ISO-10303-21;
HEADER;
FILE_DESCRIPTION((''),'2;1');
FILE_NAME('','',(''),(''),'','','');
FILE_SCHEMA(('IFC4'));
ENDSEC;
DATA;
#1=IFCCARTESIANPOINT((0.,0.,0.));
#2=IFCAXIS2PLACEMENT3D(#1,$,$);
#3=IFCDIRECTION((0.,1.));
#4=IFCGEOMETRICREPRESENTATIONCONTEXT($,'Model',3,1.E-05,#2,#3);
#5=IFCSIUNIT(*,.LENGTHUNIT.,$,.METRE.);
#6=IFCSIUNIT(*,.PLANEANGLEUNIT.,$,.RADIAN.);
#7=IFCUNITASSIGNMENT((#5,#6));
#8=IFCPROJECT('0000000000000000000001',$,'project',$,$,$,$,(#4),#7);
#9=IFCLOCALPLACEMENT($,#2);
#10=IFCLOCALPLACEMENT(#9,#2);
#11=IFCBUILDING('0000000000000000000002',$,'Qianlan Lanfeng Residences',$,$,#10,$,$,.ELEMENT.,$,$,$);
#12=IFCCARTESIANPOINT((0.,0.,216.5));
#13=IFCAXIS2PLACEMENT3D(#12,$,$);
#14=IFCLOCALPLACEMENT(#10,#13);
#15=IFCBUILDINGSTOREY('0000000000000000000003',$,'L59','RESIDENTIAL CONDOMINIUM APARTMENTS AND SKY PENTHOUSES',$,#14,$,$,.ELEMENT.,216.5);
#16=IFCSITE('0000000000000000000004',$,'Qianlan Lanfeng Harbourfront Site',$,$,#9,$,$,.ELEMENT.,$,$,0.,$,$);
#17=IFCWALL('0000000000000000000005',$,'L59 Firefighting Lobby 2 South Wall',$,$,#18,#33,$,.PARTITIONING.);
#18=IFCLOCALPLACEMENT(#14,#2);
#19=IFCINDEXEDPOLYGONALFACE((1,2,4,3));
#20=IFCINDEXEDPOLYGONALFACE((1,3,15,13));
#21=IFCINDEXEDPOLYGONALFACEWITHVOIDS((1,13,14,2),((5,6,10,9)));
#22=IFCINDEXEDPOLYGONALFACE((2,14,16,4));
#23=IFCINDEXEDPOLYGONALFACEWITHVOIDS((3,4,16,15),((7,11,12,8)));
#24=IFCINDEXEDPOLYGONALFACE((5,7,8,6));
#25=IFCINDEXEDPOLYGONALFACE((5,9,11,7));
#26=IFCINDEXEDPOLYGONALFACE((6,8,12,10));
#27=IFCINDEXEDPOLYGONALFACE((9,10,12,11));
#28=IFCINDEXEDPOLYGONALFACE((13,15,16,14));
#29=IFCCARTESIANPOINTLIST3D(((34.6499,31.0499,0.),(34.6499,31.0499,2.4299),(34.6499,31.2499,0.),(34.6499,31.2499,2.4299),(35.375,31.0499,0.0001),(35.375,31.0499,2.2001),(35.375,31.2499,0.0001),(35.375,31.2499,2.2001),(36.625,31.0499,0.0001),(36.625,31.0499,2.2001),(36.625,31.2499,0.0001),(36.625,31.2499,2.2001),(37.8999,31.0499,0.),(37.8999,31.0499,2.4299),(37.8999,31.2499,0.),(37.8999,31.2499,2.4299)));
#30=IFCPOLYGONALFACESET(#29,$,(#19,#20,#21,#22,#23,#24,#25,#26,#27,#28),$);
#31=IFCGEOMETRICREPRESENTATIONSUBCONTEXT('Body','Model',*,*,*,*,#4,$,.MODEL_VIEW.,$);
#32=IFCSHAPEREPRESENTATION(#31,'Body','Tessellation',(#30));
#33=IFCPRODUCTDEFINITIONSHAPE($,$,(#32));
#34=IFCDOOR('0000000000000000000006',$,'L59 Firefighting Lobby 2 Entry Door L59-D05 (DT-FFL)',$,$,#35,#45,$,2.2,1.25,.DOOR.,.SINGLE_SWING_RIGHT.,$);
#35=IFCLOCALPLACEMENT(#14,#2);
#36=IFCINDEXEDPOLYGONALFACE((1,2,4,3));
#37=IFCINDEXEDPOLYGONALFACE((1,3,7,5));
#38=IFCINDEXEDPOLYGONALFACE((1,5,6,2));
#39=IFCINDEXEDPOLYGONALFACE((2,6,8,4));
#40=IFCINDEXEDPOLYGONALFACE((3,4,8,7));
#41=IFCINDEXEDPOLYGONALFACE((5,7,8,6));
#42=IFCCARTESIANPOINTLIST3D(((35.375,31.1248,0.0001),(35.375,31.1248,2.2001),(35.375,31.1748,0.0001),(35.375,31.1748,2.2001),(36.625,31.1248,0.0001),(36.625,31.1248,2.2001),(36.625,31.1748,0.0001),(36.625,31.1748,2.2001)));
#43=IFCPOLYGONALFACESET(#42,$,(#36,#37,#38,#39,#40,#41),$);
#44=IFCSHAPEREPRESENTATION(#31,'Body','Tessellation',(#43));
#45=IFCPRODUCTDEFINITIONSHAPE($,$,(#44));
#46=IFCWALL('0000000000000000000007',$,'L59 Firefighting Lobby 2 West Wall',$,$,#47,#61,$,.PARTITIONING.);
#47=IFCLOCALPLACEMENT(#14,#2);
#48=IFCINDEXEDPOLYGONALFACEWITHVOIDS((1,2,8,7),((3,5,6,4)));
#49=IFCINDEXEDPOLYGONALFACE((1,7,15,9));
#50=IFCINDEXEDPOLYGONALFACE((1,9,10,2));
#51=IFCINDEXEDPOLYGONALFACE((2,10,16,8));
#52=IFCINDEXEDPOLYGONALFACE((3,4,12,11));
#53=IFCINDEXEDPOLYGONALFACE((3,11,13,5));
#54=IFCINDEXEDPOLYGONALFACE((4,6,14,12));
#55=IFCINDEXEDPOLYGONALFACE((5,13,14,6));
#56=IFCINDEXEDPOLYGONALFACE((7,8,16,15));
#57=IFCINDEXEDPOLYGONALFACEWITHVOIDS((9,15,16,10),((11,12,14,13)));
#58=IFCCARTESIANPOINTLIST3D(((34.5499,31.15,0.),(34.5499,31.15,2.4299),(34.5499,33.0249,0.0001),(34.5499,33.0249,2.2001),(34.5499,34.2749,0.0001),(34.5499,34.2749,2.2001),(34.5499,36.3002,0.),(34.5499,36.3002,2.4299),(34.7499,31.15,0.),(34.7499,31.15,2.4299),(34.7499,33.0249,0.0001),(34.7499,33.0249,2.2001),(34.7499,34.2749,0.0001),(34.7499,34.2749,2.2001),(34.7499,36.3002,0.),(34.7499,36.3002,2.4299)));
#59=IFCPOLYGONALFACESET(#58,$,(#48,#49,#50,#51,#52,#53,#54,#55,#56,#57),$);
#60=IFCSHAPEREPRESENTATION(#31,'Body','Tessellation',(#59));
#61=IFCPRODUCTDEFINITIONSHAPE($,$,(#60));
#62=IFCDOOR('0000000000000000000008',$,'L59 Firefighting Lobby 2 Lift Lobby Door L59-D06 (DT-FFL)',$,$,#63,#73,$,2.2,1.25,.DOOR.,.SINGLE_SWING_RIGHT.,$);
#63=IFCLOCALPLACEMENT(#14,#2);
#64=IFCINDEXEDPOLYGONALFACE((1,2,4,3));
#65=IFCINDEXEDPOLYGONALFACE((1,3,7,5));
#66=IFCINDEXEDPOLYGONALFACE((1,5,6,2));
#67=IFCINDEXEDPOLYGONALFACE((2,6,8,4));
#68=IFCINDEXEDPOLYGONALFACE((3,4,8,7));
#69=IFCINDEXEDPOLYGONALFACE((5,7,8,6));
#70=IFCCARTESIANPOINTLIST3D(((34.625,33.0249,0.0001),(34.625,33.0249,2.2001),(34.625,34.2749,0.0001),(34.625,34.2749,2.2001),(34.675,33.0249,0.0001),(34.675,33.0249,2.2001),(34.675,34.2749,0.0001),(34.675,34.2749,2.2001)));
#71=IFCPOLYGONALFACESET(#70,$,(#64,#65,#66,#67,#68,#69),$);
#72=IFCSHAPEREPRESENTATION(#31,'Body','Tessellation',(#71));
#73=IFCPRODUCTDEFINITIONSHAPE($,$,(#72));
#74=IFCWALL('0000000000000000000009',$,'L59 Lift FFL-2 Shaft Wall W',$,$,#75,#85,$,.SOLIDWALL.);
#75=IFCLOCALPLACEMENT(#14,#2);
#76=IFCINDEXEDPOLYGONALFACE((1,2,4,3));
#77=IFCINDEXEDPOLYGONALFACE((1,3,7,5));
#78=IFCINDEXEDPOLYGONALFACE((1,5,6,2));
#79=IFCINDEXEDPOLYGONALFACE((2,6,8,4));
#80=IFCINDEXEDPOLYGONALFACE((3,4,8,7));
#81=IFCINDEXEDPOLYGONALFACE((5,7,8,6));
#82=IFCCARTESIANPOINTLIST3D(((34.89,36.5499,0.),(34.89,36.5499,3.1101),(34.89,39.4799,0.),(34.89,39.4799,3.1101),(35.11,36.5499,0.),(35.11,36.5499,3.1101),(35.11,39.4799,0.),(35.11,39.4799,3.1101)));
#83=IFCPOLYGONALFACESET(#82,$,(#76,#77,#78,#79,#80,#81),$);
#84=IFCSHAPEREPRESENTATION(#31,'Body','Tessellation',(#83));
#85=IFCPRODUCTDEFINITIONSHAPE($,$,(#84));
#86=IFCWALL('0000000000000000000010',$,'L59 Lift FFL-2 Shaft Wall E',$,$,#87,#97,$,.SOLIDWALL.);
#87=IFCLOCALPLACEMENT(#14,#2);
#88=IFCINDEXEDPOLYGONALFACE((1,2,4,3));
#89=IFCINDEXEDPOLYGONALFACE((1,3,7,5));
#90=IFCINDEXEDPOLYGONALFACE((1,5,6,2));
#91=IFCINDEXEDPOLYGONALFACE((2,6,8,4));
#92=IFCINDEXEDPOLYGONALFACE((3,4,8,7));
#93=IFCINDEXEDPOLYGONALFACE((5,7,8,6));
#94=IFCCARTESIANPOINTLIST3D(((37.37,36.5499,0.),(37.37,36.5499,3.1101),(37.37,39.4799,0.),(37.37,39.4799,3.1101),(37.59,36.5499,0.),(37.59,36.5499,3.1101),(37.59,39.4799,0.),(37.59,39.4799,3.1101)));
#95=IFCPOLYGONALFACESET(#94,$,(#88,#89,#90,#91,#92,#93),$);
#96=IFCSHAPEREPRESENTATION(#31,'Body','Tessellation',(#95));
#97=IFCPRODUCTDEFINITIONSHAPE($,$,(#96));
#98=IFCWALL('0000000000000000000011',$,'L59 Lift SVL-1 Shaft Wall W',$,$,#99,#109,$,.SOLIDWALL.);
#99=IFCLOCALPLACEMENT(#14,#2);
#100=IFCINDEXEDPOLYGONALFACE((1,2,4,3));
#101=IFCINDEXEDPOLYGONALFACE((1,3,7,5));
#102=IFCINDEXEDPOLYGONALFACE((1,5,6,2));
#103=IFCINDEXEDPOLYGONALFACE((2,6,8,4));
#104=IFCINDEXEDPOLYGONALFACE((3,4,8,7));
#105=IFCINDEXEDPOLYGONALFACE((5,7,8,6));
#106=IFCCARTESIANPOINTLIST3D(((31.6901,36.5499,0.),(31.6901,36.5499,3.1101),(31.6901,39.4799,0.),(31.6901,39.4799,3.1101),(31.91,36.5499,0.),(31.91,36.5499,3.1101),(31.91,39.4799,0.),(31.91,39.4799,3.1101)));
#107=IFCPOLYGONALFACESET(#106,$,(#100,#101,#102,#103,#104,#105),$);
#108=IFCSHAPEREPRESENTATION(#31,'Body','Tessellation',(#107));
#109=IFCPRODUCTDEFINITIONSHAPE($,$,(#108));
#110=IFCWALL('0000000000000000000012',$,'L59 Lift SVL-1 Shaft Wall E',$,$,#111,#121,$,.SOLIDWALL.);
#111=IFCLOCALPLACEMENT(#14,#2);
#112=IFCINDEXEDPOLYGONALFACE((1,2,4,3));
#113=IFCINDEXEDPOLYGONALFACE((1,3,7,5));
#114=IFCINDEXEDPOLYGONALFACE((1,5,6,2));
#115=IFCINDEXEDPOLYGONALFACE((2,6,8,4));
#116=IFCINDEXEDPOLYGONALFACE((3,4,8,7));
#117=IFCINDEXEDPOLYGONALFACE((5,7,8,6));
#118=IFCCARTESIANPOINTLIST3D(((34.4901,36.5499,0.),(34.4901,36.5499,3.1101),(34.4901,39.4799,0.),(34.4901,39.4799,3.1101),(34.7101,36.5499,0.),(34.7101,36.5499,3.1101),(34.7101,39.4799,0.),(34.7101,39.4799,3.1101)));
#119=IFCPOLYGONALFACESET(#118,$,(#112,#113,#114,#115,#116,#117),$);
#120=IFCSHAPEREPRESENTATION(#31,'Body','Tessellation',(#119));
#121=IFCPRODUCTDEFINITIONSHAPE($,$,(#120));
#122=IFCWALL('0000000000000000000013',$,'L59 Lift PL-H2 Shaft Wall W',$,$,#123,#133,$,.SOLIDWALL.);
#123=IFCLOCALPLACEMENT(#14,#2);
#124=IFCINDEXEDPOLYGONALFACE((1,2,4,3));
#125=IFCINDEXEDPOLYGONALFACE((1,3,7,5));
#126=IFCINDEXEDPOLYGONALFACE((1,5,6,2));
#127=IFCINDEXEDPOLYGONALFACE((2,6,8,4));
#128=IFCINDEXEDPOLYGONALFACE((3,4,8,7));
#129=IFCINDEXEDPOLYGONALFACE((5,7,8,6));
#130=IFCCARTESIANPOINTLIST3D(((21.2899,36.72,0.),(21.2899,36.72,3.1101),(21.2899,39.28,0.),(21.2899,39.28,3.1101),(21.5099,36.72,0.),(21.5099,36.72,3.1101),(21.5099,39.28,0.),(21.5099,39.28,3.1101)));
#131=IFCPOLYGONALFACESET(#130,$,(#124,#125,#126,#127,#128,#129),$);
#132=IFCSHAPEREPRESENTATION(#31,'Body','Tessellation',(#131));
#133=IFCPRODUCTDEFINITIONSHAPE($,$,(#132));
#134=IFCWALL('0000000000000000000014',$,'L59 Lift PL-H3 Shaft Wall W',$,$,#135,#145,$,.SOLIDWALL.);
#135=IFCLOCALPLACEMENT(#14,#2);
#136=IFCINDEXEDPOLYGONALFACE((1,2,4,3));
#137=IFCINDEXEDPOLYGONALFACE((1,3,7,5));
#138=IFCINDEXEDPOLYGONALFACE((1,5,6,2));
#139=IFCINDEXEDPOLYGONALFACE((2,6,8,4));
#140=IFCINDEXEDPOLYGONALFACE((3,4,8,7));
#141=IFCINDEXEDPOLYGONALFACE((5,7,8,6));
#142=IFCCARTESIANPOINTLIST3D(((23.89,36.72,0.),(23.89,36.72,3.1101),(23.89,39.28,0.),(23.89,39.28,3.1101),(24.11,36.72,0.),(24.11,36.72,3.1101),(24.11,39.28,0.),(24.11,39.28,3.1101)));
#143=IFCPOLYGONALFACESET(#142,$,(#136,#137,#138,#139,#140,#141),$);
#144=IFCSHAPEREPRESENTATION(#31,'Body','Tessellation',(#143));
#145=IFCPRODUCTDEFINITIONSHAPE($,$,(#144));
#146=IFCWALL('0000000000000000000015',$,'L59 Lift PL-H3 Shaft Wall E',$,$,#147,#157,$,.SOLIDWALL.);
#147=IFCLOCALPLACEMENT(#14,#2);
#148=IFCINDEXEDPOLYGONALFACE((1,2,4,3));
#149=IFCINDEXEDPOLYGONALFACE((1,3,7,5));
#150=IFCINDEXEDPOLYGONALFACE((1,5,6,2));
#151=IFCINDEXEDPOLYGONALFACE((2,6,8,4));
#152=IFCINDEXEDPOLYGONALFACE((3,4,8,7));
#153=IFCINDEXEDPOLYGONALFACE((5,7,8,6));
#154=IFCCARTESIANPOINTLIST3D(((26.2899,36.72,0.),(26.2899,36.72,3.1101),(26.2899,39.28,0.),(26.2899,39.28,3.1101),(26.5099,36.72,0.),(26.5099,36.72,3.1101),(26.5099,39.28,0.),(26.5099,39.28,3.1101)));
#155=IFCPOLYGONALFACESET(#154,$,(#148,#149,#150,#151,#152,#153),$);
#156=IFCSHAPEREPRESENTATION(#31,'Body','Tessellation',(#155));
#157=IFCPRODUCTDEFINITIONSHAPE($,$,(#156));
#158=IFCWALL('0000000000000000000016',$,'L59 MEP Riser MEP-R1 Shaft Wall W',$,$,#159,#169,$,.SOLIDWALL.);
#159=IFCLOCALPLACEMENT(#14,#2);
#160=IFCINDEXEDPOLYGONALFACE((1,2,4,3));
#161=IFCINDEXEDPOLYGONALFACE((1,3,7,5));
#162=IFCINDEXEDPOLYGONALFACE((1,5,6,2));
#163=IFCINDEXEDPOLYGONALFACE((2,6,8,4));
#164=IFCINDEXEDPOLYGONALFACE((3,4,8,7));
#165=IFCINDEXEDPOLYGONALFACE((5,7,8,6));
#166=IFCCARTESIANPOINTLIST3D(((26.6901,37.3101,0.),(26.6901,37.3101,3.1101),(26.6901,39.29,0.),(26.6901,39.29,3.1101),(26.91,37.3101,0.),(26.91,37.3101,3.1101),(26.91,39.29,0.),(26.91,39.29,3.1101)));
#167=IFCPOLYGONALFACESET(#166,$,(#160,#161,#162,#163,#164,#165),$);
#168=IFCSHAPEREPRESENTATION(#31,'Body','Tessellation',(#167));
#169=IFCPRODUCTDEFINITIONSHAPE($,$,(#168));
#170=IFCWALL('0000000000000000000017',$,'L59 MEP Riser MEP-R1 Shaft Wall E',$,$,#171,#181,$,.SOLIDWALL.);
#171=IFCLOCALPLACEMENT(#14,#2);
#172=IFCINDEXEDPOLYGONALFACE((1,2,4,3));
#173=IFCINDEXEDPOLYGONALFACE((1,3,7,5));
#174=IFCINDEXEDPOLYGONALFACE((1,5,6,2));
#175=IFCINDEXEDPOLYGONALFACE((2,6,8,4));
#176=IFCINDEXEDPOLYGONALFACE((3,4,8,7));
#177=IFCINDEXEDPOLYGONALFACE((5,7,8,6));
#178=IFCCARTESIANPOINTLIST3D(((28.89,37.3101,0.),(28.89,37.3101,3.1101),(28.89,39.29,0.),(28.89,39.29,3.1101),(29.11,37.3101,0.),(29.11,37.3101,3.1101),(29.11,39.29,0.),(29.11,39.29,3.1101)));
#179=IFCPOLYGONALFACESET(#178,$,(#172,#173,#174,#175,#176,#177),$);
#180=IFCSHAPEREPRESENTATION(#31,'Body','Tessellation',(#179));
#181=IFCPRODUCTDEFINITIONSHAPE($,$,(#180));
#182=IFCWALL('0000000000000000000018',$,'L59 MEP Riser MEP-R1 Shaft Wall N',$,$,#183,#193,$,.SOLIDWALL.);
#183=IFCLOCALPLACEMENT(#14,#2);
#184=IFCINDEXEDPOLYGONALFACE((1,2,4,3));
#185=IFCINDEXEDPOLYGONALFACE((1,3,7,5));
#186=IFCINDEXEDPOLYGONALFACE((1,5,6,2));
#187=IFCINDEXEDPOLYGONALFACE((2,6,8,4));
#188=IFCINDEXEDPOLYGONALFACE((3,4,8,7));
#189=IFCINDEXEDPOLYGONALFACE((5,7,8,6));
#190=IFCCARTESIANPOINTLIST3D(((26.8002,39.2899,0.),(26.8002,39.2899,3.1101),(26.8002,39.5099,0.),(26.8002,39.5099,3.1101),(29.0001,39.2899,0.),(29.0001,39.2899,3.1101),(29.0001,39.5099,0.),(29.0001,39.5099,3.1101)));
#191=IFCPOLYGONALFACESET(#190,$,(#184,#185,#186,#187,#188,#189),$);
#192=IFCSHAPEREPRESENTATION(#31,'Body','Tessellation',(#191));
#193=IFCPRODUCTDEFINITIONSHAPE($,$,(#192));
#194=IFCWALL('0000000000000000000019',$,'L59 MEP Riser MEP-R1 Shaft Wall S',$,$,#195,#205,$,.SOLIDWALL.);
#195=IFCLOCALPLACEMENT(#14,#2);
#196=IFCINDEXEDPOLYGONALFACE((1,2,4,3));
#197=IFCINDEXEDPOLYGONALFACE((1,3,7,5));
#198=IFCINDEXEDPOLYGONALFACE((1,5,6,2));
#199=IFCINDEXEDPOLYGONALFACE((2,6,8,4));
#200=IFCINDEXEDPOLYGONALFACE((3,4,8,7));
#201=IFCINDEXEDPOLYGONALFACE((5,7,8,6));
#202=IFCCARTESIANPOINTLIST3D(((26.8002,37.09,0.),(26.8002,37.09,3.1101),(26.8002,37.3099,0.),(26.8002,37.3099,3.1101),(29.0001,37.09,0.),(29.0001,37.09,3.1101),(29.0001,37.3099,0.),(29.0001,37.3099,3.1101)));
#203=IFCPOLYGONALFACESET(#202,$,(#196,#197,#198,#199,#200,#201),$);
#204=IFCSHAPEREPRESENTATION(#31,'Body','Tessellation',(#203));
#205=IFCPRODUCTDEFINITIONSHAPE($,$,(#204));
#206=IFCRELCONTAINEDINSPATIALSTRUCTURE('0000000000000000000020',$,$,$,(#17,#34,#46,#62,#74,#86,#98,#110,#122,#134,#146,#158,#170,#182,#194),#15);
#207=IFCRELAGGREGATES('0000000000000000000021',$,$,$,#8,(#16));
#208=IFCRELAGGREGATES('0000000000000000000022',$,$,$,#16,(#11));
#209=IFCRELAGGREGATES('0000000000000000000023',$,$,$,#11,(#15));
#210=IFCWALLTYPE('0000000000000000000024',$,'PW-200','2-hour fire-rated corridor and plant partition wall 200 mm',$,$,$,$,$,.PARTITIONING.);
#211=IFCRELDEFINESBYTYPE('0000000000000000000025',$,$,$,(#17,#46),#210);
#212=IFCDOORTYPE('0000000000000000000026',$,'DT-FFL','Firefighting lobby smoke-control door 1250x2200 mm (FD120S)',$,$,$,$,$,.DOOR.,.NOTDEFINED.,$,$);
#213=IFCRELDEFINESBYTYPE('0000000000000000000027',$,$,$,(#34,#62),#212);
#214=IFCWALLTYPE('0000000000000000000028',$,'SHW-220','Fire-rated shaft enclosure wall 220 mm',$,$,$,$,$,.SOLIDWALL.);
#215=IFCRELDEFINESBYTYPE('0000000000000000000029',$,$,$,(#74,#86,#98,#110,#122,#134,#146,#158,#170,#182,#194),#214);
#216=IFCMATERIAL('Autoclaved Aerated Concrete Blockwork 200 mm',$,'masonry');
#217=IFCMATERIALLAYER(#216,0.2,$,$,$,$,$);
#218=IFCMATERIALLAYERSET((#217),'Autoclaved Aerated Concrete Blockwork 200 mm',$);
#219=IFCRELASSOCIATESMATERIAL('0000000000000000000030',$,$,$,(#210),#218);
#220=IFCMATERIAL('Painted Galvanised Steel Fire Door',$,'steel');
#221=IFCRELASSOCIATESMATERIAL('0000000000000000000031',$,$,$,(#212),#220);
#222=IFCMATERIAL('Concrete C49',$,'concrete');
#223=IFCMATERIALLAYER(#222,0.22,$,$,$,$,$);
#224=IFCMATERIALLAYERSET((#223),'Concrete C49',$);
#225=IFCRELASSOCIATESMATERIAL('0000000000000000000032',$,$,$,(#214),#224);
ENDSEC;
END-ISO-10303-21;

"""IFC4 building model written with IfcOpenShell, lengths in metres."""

from ifc_helpers import new_model, si_unit, direction, frame, frame_2d, origin, place, context, subcontext, project, spatial, rectangle, extrude, material, layer, layer_set, type_object, element, fill, save


model = new_model("IFC4")

# Units and contexts
model_context = context("Model", 3, precision=1e-05, world=origin(), true_north=direction((0.0, 1.0)))
body_context = subcontext(model_context, "Body", "Model", "MODEL_VIEW")
ifc_project = project(units=[si_unit("LENGTHUNIT", "METRE"), si_unit("PLANEANGLEUNIT", "RADIAN")], contexts=[model_context])

# Site, building, storey
site_placement = place(None, origin())
site = spatial("IfcSite", under=ifc_project, at=site_placement, Name="Qianlan Lanfeng Harbourfront Site", CompositionType="ELEMENT", RefElevation=0.0)
building_placement = place(site_placement, origin())
building = spatial("IfcBuilding", under=site, at=building_placement, Name="Qianlan Lanfeng Residences", CompositionType="ELEMENT")
storey_placement = place(building_placement, frame((0.0, 0.0, 216.5)))
storey = spatial("IfcBuildingStorey", under=building, at=storey_placement, Name="L59", Description="RESIDENTIAL CONDOMINIUM APARTMENTS AND SKY PENTHOUSES", CompositionType="ELEMENT", Elevation=216.5)

# Walls, openings, doors
ifc_material_1 = material(Name="Autoclaved Aerated Concrete Blockwork 200 mm", Category="masonry")
ifc_layer_1 = layer(ifc_material_1, 0.2)
ifc_layer_set_1 = layer_set([ifc_layer_1], Name="Autoclaved Aerated Concrete Blockwork 200 mm")
wall_type_1 = type_object("IfcWallType", Name="PW-200", Description="2-hour fire-rated corridor and plant partition wall 200 mm", PredefinedType="PARTITIONING", material=ifc_layer_set_1)
wall_1_placement = place(storey_placement, frame((34.6499, 31.1499, 0.0), z_axis=(0.0, 0.0, 1.0), x_axis=(1.0, 0.0, 0.0)))
wall_1 = element("IfcWall", 1, at=wall_1_placement, inside=storey, type_object=wall_type_1, Name="L59 Firefighting Lobby 2 South Wall", PredefinedType="PARTITIONING", context=body_context, shape_type="SweptSolid", body=[
    extrude(rectangle(XDim=3.25, YDim=0.2, at=frame_2d((1.625, 0.0))), origin(), (0.0, 0.0, 1.0), 2.4299),
])
opening_1_placement = place(wall_1_placement, frame((0.7251, 0.0, 0.0)))
opening_1 = element("IfcOpeningElement", 2, at=opening_1_placement, cuts=wall_1, PredefinedType="OPENING", context=body_context, shape_type="SweptSolid", body=[
    extrude(rectangle(XDim=1.25, YDim=2.2, at=frame_2d((0.625, 1.1001))), frame((0.0, 0.1099, 0.0), z_axis=(0.0, -1.0, 0.0), x_axis=(1.0, 0.0, 0.0)), (0.0, 0.0, 1.0), 0.22),
])
ifc_material_2 = material(Name="Painted Galvanised Steel Fire Door", Category="steel")
door_type = type_object("IfcDoorType", Name="DT-FFL", Description="Firefighting lobby smoke-control door 1250x2200 mm (FD120S)", OperationType="NOTDEFINED", PredefinedType="DOOR", material=ifc_material_2)
door_1_placement = place(opening_1_placement, origin())
door_1 = element("IfcDoor", 3, at=door_1_placement, inside=storey, type_object=door_type, Name="L59 Firefighting Lobby 2 Entry Door L59-D05 (DT-FFL)", OperationType="SINGLE_SWING_RIGHT", OverallHeight=2.2, OverallWidth=1.25, PredefinedType="DOOR", context=body_context, shape_type="SweptSolid", body=[
    extrude(rectangle(XDim=1.25, YDim=2.2, at=frame_2d((0.625, 1.1001))), frame((0.0, 0.0249, 0.0), z_axis=(0.0, -1.0, 0.0), x_axis=(1.0, 0.0, 0.0)), (0.0, 0.0, 1.0), 0.05),
])
fill(opening_1, door_1)
wall_2_placement = place(storey_placement, frame((34.6499, 31.1499, 0.0), z_axis=(0.0, 0.0, 1.0), x_axis=(0.0, 1.0, 0.0)))
wall_2 = element("IfcWall", 4, at=wall_2_placement, inside=storey, type_object=wall_type_1, Name="L59 Firefighting Lobby 2 West Wall", PredefinedType="PARTITIONING", context=body_context, shape_type="SweptSolid", body=[
    extrude(rectangle(XDim=5.1501, YDim=0.2, at=frame_2d((2.5752, 0.0))), origin(), (0.0, 0.0, 1.0), 2.4299),
])
opening_2_placement = place(wall_2_placement, frame((1.875, 0.0, 0.0)))
opening_2 = element("IfcOpeningElement", 5, at=opening_2_placement, cuts=wall_2, PredefinedType="OPENING", context=body_context, shape_type="SweptSolid", body=[
    extrude(rectangle(XDim=1.25, YDim=2.2, at=frame_2d((0.625, 1.1001))), frame((0.0, 0.1099, 0.0), z_axis=(0.0, -1.0, 0.0), x_axis=(1.0, 0.0, 0.0)), (0.0, 0.0, 1.0), 0.22),
])
door_2_placement = place(opening_2_placement, origin())
door_2 = element("IfcDoor", 6, at=door_2_placement, inside=storey, type_object=door_type, Name="L59 Firefighting Lobby 2 Lift Lobby Door L59-D06 (DT-FFL)", OperationType="SINGLE_SWING_RIGHT", OverallHeight=2.2, OverallWidth=1.25, PredefinedType="DOOR", context=body_context, shape_type="SweptSolid", body=[
    extrude(rectangle(XDim=1.25, YDim=2.2, at=frame_2d((0.625, 1.1001))), frame((0.0, 0.0249, 0.0), z_axis=(0.0, -1.0, 0.0), x_axis=(1.0, 0.0, 0.0)), (0.0, 0.0, 1.0), 0.05),
])
fill(opening_2, door_2)

# Walls
ifc_material_3 = material(Name="Concrete C49", Category="concrete")
ifc_layer_2 = layer(ifc_material_3, 0.22)
ifc_layer_set_2 = layer_set([ifc_layer_2], Name="Concrete C49")
wall_type_2 = type_object("IfcWallType", Name="SHW-220", Description="Fire-rated shaft enclosure wall 220 mm", PredefinedType="SOLIDWALL", material=ifc_layer_set_2)
for number, where, z_axis, x_axis, name in (
    (7, (35.0, 36.55, 0.0), (0.0, 0.0, 1.0), (0.0, 1.0, 0.0), "L59 Lift FFL-2 Shaft Wall W"),
    (8, (37.48, 36.55, 0.0), (0.0, 0.0, 1.0), (0.0, 1.0, 0.0), "L59 Lift FFL-2 Shaft Wall E"),
    (9, (31.8, 36.55, 0.0), (0.0, 0.0, 1.0), (0.0, 1.0, 0.0), "L59 Lift SVL-1 Shaft Wall W"),
    (10, (34.6001, 36.55, 0.0), (0.0, 0.0, 1.0), (0.0, 1.0, 0.0), "L59 Lift SVL-1 Shaft Wall E"),
):
    element("IfcWall", number, at=place(storey_placement, frame(where, z_axis=z_axis, x_axis=x_axis)), inside=storey, type_object=wall_type_2, Name=name, PredefinedType="SOLIDWALL", context=body_context, shape_type="SweptSolid", body=[
        extrude(rectangle(XDim=2.9299, YDim=0.22, at=frame_2d((1.4648, 0.0))), origin(), (0.0, 0.0, 1.0), 3.1101),
    ])
for number, where, z_axis, x_axis, name in (
    (11, (21.3999, 36.72, 0.0), (0.0, 0.0, 1.0), (0.0, 1.0, 0.0), "L59 Lift PL-H2 Shaft Wall W"),
    (12, (24.0, 36.72, 0.0), (0.0, 0.0, 1.0), (0.0, 1.0, 0.0), "L59 Lift PL-H3 Shaft Wall W"),
    (13, (26.3999, 36.72, 0.0), (0.0, 0.0, 1.0), (0.0, 1.0, 0.0), "L59 Lift PL-H3 Shaft Wall E"),
):
    element("IfcWall", number, at=place(storey_placement, frame(where, z_axis=z_axis, x_axis=x_axis)), inside=storey, type_object=wall_type_2, Name=name, PredefinedType="SOLIDWALL", context=body_context, shape_type="SweptSolid", body=[
        extrude(rectangle(XDim=2.5601, YDim=0.22, at=frame_2d((1.28, 0.0))), origin(), (0.0, 0.0, 1.0), 3.1101),
    ])
for number, where, z_axis, x_axis, name in (
    (14, (26.8, 37.3101, 0.0), (0.0, 0.0, 1.0), (0.0, 1.0, 0.0), "L59 MEP Riser MEP-R1 Shaft Wall W"),
    (15, (29.0, 37.3101, 0.0), (0.0, 0.0, 1.0), (0.0, 1.0, 0.0), "L59 MEP Riser MEP-R1 Shaft Wall E"),
):
    element("IfcWall", number, at=place(storey_placement, frame(where, z_axis=z_axis, x_axis=x_axis)), inside=storey, type_object=wall_type_2, Name=name, PredefinedType="SOLIDWALL", context=body_context, shape_type="SweptSolid", body=[
        extrude(rectangle(XDim=1.98, YDim=0.22, at=frame_2d((0.99, 0.0))), origin(), (0.0, 0.0, 1.0), 3.1101),
    ])
for number, where, z_axis, x_axis, name in (
    (16, (26.8, 39.3999, 0.0), (0.0, 0.0, 1.0), (1.0, 0.0, 0.0), "L59 MEP Riser MEP-R1 Shaft Wall N"),
    (17, (26.8, 37.2, 0.0), (0.0, 0.0, 1.0), (1.0, 0.0, 0.0), "L59 MEP Riser MEP-R1 Shaft Wall S"),
):
    element("IfcWall", number, at=place(storey_placement, frame(where, z_axis=z_axis, x_axis=x_axis)), inside=storey, type_object=wall_type_2, Name=name, PredefinedType="SOLIDWALL", context=body_context, shape_type="SweptSolid", body=[
        extrude(rectangle(XDim=2.2, YDim=0.22, at=frame_2d((1.1001, 0.0))), origin(), (0.0, 0.0, 1.0), 3.1101),
    ])

save(model, "model.ifc")
